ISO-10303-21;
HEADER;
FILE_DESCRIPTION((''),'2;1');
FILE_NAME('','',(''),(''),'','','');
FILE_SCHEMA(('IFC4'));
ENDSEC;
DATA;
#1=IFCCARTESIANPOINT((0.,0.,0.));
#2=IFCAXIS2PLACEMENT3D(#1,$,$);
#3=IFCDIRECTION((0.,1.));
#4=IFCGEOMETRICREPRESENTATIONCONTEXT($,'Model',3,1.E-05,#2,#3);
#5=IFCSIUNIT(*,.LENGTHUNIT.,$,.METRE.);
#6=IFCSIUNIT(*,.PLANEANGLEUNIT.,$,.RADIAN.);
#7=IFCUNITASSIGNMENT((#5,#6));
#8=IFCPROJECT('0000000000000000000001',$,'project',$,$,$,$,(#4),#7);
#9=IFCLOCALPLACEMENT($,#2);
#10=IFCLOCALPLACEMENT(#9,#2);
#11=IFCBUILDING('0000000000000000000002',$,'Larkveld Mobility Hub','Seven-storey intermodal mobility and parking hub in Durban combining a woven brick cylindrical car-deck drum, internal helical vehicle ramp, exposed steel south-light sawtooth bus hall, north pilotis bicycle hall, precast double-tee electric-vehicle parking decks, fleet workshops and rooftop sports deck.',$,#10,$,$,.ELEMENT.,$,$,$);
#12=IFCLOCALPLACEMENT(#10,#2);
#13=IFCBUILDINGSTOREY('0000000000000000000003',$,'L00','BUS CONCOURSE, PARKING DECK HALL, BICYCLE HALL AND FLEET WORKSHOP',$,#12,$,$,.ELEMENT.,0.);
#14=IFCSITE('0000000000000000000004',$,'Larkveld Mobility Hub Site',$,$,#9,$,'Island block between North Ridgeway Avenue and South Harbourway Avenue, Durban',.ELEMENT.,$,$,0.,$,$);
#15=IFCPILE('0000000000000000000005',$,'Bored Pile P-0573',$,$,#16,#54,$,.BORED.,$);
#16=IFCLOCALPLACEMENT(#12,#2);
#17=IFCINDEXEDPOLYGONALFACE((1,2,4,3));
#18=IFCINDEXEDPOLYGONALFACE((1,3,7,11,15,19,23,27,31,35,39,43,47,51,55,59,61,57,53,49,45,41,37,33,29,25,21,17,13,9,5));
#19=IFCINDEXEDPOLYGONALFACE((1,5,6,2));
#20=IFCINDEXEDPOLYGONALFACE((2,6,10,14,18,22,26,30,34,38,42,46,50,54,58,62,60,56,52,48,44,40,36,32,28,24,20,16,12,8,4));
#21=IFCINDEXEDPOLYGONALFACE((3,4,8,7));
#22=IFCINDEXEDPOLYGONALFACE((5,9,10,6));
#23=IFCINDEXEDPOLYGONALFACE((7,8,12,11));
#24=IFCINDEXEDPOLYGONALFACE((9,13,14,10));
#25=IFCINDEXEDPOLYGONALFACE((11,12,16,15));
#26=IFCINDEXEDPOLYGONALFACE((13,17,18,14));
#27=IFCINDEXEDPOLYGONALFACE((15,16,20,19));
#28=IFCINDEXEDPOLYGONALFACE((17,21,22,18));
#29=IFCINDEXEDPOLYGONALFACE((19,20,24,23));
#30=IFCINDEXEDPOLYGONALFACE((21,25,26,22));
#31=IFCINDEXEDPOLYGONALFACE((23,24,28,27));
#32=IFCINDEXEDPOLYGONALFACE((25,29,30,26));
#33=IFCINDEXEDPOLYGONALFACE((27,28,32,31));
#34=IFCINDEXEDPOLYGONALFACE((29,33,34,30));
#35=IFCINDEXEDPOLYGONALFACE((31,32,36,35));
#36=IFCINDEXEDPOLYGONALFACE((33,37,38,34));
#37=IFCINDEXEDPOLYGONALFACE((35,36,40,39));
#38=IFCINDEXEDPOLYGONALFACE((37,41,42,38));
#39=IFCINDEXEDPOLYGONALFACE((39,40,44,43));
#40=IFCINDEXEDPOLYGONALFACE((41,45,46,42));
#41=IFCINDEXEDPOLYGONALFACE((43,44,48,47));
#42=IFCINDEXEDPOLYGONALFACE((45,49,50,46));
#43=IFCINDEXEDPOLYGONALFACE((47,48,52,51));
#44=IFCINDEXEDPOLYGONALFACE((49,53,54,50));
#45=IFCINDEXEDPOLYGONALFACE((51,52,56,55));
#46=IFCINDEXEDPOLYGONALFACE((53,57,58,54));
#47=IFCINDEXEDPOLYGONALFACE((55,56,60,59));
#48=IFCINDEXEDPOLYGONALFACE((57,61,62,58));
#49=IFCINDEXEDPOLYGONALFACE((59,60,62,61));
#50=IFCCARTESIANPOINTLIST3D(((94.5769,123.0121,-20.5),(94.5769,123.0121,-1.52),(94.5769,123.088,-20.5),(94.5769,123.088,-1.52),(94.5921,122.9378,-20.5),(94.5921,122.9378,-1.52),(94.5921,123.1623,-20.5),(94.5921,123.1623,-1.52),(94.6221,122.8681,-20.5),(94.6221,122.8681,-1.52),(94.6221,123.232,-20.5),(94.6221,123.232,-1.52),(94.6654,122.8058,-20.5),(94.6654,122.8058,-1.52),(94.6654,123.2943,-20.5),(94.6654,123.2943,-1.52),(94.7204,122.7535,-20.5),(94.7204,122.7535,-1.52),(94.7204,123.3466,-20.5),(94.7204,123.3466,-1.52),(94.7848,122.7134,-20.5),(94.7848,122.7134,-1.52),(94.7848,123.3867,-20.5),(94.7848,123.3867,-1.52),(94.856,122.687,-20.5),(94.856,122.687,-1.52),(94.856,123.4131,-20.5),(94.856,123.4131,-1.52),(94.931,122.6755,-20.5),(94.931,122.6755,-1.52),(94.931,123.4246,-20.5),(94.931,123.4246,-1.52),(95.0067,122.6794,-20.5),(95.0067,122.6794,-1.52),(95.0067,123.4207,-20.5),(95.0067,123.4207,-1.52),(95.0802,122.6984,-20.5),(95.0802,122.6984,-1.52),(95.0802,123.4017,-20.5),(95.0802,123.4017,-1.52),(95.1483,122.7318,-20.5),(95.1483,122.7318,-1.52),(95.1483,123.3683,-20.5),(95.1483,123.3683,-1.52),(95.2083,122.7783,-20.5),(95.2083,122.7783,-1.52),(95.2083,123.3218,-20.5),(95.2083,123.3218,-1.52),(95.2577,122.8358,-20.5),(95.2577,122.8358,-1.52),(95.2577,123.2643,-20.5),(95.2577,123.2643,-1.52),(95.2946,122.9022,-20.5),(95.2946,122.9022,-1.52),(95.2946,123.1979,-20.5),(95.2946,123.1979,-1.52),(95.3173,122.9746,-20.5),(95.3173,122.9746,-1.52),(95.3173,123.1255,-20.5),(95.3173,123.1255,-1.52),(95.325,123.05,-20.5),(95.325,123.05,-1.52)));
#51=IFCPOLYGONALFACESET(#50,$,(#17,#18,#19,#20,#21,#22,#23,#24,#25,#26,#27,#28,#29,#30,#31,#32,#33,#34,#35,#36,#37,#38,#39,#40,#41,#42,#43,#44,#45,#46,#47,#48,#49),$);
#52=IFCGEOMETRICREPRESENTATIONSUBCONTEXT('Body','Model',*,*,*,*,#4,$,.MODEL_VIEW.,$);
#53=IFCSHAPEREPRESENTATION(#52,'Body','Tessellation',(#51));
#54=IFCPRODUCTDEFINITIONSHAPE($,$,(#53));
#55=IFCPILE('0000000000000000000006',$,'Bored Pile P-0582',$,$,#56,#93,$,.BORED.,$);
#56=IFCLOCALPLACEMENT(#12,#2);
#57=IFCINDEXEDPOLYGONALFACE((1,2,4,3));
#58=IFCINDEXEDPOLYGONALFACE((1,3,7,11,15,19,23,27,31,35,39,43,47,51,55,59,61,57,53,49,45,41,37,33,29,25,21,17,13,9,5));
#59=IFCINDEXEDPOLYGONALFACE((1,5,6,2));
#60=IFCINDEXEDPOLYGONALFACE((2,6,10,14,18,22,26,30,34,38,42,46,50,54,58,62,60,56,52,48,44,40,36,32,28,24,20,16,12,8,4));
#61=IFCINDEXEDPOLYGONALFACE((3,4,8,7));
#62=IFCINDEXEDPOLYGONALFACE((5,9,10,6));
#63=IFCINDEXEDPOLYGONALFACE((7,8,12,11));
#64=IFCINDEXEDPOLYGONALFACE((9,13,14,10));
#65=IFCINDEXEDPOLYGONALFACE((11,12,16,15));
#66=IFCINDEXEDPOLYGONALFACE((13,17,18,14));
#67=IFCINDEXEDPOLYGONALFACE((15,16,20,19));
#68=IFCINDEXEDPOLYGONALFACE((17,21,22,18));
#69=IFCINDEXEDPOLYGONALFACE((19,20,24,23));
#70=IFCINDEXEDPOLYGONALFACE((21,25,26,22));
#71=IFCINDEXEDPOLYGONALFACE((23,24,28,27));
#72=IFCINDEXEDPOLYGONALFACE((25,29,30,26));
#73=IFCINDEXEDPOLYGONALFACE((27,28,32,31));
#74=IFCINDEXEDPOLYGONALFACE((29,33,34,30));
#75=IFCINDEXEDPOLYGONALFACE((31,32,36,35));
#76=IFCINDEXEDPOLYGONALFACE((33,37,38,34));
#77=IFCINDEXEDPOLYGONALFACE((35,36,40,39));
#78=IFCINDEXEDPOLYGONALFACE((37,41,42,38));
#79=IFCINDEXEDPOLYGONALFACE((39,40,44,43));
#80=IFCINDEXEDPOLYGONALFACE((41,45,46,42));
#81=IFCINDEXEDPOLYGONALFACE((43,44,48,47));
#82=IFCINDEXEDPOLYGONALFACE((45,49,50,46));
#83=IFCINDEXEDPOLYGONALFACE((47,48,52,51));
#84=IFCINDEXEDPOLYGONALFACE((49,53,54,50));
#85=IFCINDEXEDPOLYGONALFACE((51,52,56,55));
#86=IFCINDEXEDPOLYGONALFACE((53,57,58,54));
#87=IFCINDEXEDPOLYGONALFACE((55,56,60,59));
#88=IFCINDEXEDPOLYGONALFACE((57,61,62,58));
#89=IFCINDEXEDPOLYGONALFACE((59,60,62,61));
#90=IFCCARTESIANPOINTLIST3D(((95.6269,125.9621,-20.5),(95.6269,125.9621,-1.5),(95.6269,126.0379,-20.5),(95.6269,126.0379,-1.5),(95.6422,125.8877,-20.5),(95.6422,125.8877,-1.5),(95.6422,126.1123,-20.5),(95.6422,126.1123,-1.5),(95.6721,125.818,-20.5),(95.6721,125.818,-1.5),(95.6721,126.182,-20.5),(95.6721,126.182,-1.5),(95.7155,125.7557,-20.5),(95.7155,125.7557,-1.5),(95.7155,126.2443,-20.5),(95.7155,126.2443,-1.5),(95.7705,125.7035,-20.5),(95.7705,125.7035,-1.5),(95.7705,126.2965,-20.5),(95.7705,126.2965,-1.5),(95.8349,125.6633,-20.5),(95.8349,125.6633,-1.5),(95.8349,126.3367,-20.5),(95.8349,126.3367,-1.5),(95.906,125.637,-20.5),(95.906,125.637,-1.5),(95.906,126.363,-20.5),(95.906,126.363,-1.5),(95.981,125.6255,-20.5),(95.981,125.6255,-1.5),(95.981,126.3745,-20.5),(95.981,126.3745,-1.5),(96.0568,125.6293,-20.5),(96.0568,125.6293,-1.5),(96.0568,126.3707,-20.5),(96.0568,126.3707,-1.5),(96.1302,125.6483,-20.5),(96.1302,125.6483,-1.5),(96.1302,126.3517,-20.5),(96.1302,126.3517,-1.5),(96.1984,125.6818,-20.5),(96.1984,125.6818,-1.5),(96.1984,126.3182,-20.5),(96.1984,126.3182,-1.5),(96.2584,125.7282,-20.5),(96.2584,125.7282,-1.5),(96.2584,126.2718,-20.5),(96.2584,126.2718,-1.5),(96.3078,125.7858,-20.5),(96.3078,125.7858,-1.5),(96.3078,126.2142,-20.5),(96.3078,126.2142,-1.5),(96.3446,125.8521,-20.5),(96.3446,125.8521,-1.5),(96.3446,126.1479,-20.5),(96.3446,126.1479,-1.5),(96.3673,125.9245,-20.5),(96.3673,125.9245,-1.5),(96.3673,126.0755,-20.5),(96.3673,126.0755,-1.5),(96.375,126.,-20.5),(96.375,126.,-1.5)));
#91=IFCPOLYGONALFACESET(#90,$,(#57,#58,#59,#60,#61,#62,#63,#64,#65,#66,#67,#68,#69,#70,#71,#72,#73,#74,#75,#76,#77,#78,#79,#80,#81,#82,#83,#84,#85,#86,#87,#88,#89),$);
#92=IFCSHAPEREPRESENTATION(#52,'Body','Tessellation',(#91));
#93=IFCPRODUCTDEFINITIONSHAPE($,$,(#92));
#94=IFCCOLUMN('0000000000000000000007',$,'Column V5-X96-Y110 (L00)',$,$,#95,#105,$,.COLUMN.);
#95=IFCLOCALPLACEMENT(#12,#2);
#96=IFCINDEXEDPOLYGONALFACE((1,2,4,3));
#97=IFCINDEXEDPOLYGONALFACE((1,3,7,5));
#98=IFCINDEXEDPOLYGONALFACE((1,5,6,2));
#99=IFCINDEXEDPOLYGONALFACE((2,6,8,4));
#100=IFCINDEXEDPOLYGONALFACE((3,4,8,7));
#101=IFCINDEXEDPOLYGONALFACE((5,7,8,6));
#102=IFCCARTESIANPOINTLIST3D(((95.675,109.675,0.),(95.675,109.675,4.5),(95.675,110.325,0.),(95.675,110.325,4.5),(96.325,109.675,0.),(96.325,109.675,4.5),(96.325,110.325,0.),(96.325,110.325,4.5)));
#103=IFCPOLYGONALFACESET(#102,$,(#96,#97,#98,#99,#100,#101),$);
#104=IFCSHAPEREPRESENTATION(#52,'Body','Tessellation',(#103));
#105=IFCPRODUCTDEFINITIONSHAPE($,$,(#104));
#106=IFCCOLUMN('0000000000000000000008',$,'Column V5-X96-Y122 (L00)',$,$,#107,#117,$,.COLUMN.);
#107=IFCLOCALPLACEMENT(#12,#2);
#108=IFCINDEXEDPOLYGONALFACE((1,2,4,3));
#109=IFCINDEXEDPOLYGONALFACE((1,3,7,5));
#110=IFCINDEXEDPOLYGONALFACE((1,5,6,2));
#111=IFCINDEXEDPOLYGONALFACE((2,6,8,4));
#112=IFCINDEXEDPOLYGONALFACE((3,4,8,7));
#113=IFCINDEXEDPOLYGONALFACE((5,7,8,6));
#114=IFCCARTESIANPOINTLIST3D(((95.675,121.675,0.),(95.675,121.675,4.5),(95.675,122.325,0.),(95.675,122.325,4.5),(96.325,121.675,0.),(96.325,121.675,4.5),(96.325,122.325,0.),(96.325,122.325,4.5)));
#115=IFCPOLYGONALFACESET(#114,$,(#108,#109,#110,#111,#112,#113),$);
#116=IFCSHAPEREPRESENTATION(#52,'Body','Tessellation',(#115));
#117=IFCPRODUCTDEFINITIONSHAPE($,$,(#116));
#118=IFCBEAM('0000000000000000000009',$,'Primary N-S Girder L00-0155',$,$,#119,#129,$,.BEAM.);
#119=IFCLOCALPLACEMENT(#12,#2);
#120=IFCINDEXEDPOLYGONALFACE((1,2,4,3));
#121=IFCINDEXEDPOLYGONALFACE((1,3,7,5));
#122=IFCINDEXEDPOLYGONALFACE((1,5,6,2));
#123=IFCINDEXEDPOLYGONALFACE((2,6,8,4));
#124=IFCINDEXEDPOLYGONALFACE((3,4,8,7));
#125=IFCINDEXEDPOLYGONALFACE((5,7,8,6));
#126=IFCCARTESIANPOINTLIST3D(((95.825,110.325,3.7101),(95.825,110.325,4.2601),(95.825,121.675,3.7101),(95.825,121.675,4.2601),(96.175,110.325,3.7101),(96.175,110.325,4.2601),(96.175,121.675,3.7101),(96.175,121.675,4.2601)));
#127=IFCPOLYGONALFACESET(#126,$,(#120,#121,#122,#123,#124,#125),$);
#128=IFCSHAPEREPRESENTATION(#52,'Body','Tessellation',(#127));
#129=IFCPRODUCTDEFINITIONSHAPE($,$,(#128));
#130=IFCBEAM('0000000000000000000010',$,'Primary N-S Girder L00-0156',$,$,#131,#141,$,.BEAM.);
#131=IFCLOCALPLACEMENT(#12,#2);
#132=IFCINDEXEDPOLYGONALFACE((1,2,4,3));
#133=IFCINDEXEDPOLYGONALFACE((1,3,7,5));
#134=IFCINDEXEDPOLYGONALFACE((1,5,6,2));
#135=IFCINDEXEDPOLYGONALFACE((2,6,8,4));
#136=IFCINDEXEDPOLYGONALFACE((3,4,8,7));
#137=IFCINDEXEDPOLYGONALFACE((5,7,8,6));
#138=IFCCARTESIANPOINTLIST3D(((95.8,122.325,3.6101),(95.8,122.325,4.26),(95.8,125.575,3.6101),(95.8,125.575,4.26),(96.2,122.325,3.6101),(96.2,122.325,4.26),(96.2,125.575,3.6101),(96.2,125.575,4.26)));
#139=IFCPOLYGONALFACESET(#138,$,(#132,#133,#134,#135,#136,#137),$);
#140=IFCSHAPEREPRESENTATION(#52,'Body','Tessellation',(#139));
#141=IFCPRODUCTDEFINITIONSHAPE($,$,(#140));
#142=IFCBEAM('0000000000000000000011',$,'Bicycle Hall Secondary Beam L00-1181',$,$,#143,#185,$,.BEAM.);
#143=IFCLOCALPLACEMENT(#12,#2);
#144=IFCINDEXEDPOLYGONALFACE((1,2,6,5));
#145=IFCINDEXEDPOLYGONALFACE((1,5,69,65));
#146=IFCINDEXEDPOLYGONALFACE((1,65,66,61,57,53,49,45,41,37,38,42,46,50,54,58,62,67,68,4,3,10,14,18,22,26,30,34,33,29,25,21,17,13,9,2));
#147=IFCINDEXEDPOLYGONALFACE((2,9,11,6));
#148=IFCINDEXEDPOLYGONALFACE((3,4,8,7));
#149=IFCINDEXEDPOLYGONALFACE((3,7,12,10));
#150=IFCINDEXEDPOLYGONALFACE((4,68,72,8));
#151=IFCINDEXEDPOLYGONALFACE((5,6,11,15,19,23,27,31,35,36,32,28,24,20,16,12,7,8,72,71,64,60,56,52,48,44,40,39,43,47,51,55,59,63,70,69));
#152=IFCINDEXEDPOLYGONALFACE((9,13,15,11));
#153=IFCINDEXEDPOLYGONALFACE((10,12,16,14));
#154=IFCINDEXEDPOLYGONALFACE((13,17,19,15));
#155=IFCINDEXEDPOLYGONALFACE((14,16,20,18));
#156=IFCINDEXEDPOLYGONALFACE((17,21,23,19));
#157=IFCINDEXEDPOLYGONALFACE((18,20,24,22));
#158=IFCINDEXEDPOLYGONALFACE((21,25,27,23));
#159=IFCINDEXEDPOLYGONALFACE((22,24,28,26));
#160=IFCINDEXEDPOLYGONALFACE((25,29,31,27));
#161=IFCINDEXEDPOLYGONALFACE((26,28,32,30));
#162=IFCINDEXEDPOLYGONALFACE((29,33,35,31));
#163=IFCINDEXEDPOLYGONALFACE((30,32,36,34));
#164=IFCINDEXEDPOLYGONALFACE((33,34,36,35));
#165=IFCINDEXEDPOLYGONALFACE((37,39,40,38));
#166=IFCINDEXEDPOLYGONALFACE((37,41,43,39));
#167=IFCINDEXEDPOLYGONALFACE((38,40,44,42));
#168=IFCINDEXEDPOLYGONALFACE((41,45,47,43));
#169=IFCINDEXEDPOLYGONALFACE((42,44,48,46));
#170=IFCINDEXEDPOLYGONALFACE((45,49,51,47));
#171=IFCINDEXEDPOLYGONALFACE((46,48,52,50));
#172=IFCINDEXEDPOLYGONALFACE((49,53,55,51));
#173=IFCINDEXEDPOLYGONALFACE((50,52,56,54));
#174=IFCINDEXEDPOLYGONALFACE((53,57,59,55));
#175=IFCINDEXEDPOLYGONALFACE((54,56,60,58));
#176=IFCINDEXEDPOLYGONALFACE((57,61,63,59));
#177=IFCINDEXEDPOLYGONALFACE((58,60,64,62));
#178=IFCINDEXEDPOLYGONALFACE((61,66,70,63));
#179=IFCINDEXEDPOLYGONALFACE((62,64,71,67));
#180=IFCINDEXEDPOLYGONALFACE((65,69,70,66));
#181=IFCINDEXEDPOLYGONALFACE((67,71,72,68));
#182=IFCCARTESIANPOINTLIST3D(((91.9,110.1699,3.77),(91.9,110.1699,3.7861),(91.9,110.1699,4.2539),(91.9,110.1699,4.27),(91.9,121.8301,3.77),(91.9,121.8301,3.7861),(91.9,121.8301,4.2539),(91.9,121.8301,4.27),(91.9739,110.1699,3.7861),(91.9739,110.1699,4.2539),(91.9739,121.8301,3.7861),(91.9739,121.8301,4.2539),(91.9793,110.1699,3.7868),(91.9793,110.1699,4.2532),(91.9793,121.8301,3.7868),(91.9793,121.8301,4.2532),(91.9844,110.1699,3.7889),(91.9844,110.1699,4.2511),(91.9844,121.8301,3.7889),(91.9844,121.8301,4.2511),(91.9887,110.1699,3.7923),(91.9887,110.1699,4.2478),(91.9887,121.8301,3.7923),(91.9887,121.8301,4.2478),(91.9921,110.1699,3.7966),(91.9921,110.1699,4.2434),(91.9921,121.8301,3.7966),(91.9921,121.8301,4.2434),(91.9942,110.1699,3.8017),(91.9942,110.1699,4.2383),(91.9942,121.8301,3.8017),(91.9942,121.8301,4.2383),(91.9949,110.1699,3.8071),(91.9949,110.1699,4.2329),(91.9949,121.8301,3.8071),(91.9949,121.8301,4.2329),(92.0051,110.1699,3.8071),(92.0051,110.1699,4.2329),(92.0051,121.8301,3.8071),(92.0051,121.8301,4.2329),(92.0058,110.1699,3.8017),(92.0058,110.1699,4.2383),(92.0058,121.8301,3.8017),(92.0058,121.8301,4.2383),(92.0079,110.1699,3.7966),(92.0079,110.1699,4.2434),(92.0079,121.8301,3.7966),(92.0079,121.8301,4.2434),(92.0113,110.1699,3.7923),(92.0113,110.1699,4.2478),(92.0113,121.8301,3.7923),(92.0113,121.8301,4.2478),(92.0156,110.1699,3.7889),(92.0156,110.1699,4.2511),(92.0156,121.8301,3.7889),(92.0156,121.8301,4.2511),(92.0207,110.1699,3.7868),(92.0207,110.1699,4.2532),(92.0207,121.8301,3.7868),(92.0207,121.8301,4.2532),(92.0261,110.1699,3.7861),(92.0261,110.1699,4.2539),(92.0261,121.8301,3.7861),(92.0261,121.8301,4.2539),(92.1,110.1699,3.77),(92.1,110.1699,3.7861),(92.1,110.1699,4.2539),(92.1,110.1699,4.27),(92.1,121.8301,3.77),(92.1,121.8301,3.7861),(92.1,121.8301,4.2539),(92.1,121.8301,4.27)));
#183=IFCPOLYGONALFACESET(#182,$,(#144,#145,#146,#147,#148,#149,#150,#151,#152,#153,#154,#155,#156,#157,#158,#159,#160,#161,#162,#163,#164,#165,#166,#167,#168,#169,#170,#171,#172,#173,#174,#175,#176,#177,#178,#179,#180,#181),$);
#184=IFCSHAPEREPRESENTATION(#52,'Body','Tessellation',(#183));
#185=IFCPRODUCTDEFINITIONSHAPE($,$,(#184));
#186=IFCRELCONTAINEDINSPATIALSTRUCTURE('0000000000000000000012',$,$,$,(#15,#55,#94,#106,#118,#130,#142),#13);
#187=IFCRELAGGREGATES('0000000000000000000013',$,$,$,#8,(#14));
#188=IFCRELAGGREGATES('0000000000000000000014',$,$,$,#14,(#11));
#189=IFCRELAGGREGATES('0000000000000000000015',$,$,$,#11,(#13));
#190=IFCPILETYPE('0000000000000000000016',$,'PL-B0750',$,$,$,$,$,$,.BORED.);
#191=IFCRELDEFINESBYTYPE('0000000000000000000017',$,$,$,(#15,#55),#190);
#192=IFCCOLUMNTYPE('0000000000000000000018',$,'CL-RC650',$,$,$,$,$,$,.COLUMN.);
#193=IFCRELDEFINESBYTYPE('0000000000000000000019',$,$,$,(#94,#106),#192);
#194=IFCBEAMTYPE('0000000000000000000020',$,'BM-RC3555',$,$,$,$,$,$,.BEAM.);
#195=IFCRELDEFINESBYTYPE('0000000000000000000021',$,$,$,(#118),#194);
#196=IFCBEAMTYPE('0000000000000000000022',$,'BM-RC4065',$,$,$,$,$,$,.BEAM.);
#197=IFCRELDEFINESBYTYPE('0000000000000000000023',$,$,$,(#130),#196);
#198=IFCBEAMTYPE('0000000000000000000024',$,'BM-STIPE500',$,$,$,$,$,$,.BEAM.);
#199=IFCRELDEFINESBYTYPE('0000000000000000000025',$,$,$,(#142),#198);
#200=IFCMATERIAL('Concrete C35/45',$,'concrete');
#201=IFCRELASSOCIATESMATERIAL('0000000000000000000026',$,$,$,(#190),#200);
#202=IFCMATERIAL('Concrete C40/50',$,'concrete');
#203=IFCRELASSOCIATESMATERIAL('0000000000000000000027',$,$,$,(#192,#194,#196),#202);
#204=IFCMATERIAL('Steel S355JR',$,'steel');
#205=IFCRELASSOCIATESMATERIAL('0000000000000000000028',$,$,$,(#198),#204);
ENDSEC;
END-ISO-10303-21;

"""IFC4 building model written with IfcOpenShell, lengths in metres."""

from ifc_helpers import new_model, si_unit, direction, frame, origin, origin_2d, place, context, subcontext, project, spatial, rectangle, circle, i_section, extrude, material, material_profile, profile_set, type_object, element, save


model = new_model("IFC4")

# Units and contexts
model_context = context("Model", 3, precision=1e-05, world=origin(), true_north=direction((0.0, 1.0)))
body_context = subcontext(model_context, "Body", "Model", "MODEL_VIEW")
ifc_project = project(units=[si_unit("LENGTHUNIT", "METRE"), si_unit("PLANEANGLEUNIT", "RADIAN")], contexts=[model_context])

# Site, building, storey
site_placement = place(None, origin())
site = spatial("IfcSite", under=ifc_project, at=site_placement, Name="Larkveld Mobility Hub Site", LongName="Island block between North Ridgeway Avenue and South Harbourway Avenue, Durban", CompositionType="ELEMENT", RefElevation=0.0)
building_placement = place(site_placement, origin())
building = spatial("IfcBuilding", under=site, at=building_placement, Name="Larkveld Mobility Hub", Description="Seven-storey intermodal mobility and parking hub in Durban combining a woven brick cylindrical car-deck drum, internal helical vehicle ramp, exposed steel south-light sawtooth bus hall, north pilotis bicycle hall, precast double-tee electric-vehicle parking decks, fleet workshops and rooftop sports deck.", CompositionType="ELEMENT")
storey_placement = place(building_placement, origin())
storey = spatial("IfcBuildingStorey", under=building, at=storey_placement, Name="L00", Description="BUS CONCOURSE, PARKING DECK HALL, BICYCLE HALL AND FLEET WORKSHOP", CompositionType="ELEMENT", Elevation=0.0)

# Shared definitions
ifc_material_1 = material(Name="Concrete C35/45", Category="concrete")

# Piles
ifc_material_profile_1 = material_profile(ifc_material_1, circle(Radius=0.375, at=origin_2d()), Name="PILE D750")
ifc_profile_set_1 = profile_set([ifc_material_profile_1], Name="Concrete C35/45")
pile_type = type_object("IfcPileType", Name="PL-B0750", PredefinedType="BORED", material=ifc_profile_set_1)
for number, where, z_axis, x_axis, name in (
    (1, (94.95, 123.05, -1.52), (0.0, 0.0, -1.0), (1.0, 0.0, 0.0), "Bored Pile P-0573"),
):
    element("IfcPile", number, at=place(storey_placement, frame(where, z_axis=z_axis, x_axis=x_axis)), inside=storey, type_object=pile_type, Name=name, PredefinedType="BORED", context=body_context, shape_type="SweptSolid", body=[
        extrude(circle(Radius=0.375, at=origin_2d()), origin(), (0.0, 0.0, 1.0), 18.98),
    ])
pile_placement = place(storey_placement, frame((96.0, 126.0, -1.5), z_axis=(0.0, 0.0, -1.0), x_axis=(1.0, 0.0, 0.0)))
element("IfcPile", 2, at=pile_placement, inside=storey, type_object=pile_type, Name="Bored Pile P-0582", PredefinedType="BORED", context=body_context, shape_type="SweptSolid", body=[
    extrude(circle(Radius=0.375, at=origin_2d()), origin(), (0.0, 0.0, 1.0), 19.0),
])

# Columns
ifc_material_2 = material(Name="Concrete C40/50", Category="concrete")
ifc_material_profile_2 = material_profile(ifc_material_2, rectangle(XDim=0.6499, YDim=0.6499, at=origin_2d()), Name="RC COL 650x650")
ifc_profile_set_2 = profile_set([ifc_material_profile_2], Name="Concrete C40/50")
column_type = type_object("IfcColumnType", Name="CL-RC650", PredefinedType="COLUMN", material=ifc_profile_set_2)
for number, where, z_axis, x_axis, name in (
    (3, (96.0, 110.0, 0.0), (0.0, 0.0, 1.0), (1.0, 0.0, 0.0), "Column V5-X96-Y110 (L00)"),
    (4, (96.0, 122.0, 0.0), (0.0, 0.0, 1.0), (1.0, 0.0, 0.0), "Column V5-X96-Y122 (L00)"),
):
    element("IfcColumn", number, at=place(storey_placement, frame(where, z_axis=z_axis, x_axis=x_axis)), inside=storey, type_object=column_type, Name=name, PredefinedType="COLUMN", context=body_context, shape_type="SweptSolid", body=[
        extrude(rectangle(XDim=0.6499, YDim=0.6499, at=origin_2d()), origin(), (0.0, 0.0, 1.0), 4.5),
    ])

# Beams
ifc_material_profile_3 = material_profile(ifc_material_2, rectangle(XDim=0.3501, YDim=0.55, at=origin_2d()), Name="RC BM 350x550")
ifc_profile_set_3 = profile_set([ifc_material_profile_3], Name="Concrete C40/50")
beam_type_1 = type_object("IfcBeamType", Name="BM-RC3555", PredefinedType="BEAM", material=ifc_profile_set_3)
beam_1_placement = place(storey_placement, frame((96.0, 110.325, 3.9851), z_axis=(0.0, 1.0, 0.0), x_axis=(-1.0, 0.0, 0.0)))
element("IfcBeam", 5, at=beam_1_placement, inside=storey, type_object=beam_type_1, Name="Primary N-S Girder L00-0155", PredefinedType="BEAM", context=body_context, shape_type="SweptSolid", body=[
    extrude(rectangle(XDim=0.3501, YDim=0.55, at=origin_2d()), origin(), (0.0, 0.0, 1.0), 11.3501),
])
ifc_material_profile_4 = material_profile(ifc_material_2, rectangle(XDim=0.3999, YDim=0.6499, at=origin_2d()), Name="RC BM 400x650")
ifc_profile_set_4 = profile_set([ifc_material_profile_4], Name="Concrete C40/50")
beam_type_2 = type_object("IfcBeamType", Name="BM-RC4065", PredefinedType="BEAM", material=ifc_profile_set_4)
beam_2_placement = place(storey_placement, frame((96.0, 122.325, 3.9351), z_axis=(0.0, 1.0, 0.0), x_axis=(-1.0, 0.0, 0.0)))
element("IfcBeam", 6, at=beam_2_placement, inside=storey, type_object=beam_type_2, Name="Primary N-S Girder L00-0156", PredefinedType="BEAM", context=body_context, shape_type="SweptSolid", body=[
    extrude(rectangle(XDim=0.3999, YDim=0.6499, at=origin_2d()), origin(), (0.0, 0.0, 1.0), 3.25),
])
ifc_material_3 = material(Name="Steel S355JR", Category="steel")
ifc_material_profile_5 = material_profile(ifc_material_3, i_section(OverallWidth=0.2, OverallDepth=0.5, WebThickness=0.0103, FlangeThickness=0.0161, FilletRadius=0.021, at=origin_2d()), Name="IPE 500")
ifc_profile_set_5 = profile_set([ifc_material_profile_5], Name="Steel S355JR")
beam_type_3 = type_object("IfcBeamType", Name="BM-STIPE500", PredefinedType="BEAM", material=ifc_profile_set_5)
beam_3_placement = place(storey_placement, frame((92.0, 110.1699, 4.02), z_axis=(0.0, 1.0, 0.0), x_axis=(-1.0, 0.0, 0.0)))
element("IfcBeam", 7, at=beam_3_placement, inside=storey, type_object=beam_type_3, Name="Bicycle Hall Secondary Beam L00-1181", PredefinedType="BEAM", context=body_context, shape_type="SweptSolid", body=[
    extrude(i_section(OverallWidth=0.2, OverallDepth=0.5, WebThickness=0.0103, FlangeThickness=0.0161, FilletRadius=0.021, at=origin_2d()), origin(), (0.0, 0.0, 1.0), 11.6602),
])

save(model, "model.ifc")
